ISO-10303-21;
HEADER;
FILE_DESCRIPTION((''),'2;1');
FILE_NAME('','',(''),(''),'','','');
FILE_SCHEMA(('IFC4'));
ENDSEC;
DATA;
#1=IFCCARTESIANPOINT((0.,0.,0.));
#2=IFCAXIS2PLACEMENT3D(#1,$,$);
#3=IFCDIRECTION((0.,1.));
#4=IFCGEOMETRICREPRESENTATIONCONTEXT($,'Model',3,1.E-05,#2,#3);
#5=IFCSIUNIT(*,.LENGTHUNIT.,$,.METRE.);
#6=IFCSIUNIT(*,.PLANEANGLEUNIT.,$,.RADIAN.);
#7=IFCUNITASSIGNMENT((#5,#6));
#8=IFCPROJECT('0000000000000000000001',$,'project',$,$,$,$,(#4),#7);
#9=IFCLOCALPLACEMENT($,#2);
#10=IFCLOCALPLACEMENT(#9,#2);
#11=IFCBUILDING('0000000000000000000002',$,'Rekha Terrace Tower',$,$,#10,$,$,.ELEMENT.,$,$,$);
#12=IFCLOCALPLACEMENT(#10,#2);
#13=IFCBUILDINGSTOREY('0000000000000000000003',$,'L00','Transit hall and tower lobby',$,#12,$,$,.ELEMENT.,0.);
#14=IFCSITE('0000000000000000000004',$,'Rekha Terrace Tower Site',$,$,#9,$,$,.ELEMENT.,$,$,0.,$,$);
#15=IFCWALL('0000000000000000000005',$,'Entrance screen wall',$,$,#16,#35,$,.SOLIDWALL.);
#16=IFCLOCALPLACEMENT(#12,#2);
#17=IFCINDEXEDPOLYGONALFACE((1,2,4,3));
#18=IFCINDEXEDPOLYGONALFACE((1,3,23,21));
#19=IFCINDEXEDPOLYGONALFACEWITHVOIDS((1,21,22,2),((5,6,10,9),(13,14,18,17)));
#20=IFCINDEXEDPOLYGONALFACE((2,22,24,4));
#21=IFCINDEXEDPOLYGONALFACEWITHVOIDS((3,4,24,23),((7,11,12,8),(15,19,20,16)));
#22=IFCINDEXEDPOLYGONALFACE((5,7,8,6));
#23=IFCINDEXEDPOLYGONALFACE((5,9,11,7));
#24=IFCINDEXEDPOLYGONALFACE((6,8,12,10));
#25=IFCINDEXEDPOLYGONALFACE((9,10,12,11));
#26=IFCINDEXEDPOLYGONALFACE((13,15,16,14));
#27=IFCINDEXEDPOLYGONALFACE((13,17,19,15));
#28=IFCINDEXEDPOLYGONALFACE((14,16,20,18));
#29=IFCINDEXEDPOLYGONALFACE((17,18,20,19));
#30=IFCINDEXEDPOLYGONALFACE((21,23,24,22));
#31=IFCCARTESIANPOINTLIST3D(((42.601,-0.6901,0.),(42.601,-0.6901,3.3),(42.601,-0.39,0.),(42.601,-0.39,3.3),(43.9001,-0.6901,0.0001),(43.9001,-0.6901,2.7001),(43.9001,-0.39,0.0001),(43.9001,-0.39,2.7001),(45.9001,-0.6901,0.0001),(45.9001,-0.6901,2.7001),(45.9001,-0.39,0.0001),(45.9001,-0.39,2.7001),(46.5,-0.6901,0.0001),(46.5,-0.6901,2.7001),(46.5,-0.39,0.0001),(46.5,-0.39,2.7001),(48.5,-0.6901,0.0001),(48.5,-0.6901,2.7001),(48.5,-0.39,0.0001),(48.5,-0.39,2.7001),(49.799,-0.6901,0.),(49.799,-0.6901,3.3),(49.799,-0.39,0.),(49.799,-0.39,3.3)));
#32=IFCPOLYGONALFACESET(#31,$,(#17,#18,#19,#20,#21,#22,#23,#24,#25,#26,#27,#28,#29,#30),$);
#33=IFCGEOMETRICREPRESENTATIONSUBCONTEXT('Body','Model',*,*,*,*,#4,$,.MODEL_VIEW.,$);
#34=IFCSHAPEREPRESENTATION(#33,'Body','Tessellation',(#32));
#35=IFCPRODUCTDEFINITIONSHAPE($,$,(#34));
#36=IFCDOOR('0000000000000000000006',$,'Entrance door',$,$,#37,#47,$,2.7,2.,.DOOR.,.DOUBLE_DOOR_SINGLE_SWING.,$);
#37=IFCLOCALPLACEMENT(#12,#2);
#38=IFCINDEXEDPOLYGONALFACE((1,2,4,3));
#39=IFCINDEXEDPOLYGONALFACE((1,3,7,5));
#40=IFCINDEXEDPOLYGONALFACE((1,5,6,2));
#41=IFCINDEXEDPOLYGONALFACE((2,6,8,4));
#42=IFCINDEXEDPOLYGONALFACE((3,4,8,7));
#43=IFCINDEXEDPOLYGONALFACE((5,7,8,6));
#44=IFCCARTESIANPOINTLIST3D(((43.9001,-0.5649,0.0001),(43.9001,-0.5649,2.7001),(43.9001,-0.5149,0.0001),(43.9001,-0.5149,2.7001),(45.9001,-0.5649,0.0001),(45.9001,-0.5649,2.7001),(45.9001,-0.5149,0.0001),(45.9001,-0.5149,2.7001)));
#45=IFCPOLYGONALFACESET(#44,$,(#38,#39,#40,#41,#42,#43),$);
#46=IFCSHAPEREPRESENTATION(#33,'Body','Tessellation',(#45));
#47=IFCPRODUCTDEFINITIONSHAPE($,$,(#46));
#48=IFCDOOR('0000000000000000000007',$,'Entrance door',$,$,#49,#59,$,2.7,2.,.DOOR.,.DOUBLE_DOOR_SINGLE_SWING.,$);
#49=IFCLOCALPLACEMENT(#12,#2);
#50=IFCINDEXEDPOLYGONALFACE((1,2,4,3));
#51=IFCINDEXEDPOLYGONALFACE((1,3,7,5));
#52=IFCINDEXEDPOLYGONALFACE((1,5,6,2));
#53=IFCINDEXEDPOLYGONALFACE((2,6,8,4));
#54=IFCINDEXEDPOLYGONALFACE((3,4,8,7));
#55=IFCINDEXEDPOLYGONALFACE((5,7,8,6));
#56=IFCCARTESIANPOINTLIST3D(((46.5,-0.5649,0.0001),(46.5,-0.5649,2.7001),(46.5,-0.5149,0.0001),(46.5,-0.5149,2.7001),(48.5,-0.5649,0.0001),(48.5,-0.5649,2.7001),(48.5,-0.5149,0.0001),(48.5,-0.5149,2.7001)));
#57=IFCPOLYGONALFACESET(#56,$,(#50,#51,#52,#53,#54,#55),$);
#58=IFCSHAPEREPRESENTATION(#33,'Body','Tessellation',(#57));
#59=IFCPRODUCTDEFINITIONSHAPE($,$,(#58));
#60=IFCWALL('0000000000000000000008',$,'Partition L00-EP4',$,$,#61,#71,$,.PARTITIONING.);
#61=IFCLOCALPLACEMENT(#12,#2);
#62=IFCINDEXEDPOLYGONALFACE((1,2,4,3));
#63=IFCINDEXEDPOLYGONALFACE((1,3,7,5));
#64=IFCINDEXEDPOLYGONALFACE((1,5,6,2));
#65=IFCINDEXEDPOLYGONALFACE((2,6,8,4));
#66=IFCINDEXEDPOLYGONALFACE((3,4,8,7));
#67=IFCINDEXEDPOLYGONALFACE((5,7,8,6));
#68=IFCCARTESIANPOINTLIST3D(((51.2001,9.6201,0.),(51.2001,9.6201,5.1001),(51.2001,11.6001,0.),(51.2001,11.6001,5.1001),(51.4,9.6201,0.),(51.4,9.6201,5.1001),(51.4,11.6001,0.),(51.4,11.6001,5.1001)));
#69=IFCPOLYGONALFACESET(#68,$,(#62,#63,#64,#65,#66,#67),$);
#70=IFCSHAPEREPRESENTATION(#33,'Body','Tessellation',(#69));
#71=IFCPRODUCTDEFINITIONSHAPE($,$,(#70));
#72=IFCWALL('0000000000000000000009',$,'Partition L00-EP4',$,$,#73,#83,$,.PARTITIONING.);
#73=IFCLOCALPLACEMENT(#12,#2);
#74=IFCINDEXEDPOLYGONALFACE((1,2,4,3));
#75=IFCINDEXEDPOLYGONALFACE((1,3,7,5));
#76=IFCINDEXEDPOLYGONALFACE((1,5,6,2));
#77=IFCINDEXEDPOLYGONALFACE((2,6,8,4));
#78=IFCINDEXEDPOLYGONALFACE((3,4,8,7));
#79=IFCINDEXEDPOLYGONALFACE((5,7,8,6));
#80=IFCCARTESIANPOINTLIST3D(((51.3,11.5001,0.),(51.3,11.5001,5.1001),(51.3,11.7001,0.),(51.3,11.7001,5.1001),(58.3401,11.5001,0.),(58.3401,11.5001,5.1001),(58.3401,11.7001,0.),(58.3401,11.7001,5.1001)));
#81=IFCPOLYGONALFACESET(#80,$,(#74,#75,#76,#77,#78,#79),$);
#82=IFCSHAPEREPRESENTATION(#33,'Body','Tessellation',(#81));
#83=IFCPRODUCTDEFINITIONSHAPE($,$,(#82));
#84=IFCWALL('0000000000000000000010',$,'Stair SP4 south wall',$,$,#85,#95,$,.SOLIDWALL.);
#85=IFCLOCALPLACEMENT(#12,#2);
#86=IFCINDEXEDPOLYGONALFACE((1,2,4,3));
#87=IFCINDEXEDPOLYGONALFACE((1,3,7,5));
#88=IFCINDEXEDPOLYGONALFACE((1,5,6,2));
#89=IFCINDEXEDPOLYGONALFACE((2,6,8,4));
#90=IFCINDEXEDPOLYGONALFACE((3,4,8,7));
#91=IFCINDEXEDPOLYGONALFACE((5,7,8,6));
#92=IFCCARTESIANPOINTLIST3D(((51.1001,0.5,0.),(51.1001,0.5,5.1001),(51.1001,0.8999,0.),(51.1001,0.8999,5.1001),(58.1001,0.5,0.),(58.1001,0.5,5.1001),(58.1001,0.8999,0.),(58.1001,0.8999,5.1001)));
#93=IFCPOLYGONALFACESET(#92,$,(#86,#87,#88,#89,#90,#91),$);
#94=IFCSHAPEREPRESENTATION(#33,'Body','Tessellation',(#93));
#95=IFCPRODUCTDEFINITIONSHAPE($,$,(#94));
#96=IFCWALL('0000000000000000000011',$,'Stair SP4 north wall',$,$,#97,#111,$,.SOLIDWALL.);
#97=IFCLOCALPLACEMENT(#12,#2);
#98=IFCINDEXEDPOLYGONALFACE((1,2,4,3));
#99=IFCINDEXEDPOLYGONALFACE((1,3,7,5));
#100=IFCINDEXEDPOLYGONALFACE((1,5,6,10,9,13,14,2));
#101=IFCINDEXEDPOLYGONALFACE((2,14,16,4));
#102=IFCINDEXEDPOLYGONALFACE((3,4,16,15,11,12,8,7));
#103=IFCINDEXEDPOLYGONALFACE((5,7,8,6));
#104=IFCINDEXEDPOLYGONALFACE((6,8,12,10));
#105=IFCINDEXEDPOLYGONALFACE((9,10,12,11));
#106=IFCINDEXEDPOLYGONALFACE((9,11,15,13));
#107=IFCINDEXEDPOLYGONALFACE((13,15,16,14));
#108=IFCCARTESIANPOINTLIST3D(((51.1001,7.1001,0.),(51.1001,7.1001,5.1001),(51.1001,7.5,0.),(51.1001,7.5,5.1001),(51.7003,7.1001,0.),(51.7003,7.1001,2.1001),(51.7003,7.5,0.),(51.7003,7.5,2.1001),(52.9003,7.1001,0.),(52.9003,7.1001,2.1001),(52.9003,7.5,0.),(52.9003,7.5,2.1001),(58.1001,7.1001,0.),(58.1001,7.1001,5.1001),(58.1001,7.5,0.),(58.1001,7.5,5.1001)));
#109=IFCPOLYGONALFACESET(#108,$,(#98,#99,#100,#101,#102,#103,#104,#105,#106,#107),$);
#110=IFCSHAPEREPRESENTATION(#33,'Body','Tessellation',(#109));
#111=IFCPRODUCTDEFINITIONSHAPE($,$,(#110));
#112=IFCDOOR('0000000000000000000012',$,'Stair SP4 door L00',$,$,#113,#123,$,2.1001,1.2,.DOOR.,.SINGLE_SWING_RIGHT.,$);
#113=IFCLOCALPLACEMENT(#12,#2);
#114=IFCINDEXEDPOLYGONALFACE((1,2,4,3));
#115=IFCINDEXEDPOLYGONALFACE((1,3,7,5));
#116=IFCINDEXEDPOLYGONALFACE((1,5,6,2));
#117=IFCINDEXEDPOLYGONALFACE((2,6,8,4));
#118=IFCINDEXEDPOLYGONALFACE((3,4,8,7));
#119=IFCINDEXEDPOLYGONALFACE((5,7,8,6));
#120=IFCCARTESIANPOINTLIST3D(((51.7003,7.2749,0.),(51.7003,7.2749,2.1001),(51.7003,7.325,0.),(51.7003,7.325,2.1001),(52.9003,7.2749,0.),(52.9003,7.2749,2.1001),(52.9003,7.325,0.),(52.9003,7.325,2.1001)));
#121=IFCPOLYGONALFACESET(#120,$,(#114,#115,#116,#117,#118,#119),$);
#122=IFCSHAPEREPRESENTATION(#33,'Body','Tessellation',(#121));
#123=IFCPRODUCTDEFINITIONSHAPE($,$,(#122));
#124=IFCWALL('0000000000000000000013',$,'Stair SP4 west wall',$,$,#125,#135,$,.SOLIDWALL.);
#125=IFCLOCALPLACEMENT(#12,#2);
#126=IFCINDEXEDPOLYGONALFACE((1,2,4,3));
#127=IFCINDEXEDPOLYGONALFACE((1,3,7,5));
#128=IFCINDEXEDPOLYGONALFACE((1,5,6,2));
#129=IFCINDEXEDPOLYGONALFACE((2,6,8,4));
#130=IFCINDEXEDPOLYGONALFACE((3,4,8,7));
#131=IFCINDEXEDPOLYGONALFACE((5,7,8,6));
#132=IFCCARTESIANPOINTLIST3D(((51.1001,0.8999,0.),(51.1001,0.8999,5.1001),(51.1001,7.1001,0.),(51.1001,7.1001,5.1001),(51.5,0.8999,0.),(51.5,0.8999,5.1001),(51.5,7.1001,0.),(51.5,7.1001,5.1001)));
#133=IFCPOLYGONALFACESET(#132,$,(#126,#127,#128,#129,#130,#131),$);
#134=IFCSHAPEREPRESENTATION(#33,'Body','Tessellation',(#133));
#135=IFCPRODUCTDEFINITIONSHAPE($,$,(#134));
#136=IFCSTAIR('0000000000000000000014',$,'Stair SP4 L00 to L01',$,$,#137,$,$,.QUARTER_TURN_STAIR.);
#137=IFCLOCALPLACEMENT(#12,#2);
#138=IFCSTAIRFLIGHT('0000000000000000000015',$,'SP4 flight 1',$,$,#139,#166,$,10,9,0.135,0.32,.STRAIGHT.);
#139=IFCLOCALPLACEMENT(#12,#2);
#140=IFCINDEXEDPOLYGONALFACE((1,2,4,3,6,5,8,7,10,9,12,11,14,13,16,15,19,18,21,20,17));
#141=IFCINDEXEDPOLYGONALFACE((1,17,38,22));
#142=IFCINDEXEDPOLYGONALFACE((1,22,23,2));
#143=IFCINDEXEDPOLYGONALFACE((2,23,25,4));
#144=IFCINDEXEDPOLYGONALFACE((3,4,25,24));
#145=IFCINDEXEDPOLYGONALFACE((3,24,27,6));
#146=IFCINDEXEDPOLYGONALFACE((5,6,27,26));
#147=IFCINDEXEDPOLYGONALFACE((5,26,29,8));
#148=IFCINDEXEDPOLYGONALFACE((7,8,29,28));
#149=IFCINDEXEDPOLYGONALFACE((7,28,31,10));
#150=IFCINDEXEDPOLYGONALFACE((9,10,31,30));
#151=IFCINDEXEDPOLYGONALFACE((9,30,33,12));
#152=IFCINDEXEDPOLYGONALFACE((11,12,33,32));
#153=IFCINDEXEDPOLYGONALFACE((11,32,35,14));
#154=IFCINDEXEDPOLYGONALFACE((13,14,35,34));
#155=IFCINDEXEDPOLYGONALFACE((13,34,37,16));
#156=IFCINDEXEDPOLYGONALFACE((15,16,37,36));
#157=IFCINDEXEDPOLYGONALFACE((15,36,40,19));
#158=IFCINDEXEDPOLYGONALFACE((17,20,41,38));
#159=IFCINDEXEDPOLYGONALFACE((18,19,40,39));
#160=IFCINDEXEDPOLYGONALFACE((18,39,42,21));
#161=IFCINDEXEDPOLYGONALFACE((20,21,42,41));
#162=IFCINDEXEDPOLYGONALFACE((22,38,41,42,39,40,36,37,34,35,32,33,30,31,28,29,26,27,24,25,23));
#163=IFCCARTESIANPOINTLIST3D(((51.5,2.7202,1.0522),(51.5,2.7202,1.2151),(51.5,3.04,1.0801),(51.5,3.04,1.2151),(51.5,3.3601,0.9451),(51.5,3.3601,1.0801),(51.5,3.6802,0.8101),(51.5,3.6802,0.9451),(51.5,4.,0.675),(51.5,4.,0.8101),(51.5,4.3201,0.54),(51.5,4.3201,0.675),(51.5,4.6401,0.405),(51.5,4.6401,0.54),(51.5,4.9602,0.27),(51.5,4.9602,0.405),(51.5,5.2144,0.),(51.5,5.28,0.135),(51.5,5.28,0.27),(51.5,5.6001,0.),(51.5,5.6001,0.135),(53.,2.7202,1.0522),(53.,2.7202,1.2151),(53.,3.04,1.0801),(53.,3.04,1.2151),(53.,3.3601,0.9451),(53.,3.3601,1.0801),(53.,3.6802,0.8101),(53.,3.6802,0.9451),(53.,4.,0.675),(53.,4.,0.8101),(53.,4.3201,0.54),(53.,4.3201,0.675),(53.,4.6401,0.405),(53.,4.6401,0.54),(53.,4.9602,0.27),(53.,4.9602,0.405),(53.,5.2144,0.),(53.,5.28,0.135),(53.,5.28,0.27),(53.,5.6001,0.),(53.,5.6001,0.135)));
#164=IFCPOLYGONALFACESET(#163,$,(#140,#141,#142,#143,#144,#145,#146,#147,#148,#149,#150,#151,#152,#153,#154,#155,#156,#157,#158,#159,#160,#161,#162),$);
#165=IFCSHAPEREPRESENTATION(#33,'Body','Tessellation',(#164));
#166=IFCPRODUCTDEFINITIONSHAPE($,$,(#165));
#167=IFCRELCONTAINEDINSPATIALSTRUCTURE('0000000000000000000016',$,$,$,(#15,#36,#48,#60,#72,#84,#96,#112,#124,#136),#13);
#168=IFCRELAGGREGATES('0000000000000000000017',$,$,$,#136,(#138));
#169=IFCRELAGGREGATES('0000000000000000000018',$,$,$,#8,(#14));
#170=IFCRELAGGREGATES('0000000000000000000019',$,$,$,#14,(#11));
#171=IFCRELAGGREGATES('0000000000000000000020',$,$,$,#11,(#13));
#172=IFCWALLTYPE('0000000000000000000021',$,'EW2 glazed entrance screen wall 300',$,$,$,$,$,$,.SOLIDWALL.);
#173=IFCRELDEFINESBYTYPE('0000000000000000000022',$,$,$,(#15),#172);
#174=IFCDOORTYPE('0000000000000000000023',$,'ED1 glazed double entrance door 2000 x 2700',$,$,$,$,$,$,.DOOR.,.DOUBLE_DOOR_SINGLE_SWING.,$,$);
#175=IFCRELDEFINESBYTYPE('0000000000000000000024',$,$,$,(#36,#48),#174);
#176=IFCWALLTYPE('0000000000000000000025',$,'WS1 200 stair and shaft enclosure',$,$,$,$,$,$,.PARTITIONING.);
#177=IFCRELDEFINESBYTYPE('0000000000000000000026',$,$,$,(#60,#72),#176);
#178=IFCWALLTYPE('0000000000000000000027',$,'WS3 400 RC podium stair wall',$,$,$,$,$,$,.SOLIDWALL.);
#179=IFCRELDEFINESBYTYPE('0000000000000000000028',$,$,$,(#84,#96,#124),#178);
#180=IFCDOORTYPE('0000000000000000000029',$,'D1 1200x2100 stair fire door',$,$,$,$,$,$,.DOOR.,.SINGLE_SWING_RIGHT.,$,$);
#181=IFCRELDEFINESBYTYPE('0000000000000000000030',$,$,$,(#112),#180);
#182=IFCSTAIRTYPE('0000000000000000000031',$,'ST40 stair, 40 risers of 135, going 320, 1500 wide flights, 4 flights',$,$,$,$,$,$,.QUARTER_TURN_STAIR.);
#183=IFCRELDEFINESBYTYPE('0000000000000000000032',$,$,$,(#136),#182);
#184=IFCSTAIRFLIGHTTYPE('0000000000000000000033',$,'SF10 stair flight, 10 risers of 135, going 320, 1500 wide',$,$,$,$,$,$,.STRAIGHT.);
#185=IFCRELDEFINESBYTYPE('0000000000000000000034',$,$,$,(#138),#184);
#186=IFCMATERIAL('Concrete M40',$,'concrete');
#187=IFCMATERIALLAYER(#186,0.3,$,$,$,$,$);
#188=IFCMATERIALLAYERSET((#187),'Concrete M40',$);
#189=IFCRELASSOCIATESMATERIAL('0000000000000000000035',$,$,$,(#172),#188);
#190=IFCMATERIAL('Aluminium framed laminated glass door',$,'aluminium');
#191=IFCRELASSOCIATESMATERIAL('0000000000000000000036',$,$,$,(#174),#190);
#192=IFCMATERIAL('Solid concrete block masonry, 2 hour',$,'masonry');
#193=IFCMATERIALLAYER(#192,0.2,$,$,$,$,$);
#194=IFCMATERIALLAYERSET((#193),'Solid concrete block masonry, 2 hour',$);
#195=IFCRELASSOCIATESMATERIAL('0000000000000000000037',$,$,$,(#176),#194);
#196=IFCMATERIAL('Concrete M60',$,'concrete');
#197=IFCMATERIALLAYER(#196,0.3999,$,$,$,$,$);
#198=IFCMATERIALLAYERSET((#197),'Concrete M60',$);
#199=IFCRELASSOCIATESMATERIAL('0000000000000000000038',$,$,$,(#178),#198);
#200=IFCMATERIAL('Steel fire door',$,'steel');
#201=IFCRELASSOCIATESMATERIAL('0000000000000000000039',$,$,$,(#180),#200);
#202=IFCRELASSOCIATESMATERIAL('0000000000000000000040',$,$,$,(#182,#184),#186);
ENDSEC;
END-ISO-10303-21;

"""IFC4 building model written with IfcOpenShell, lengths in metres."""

from ifc_helpers import new_model, si_unit, direction, frame, frame_2d, origin, place, context, subcontext, project, spatial, polyline, rectangle, outline, extrude, material, layer, layer_set, type_object, element, fill, aggregate, save


model = new_model("IFC4")

# Units and contexts
model_context = context("Model", 3, precision=1e-05, world=origin(), true_north=direction((0.0, 1.0)))
body_context = subcontext(model_context, "Body", "Model", "MODEL_VIEW")
ifc_project = project(units=[si_unit("LENGTHUNIT", "METRE"), si_unit("PLANEANGLEUNIT", "RADIAN")], contexts=[model_context])

# Site, building, storey
site_placement = place(None, origin())
site = spatial("IfcSite", under=ifc_project, at=site_placement, Name="Rekha Terrace Tower Site", CompositionType="ELEMENT", RefElevation=0.0)
building_placement = place(site_placement, origin())
building = spatial("IfcBuilding", under=site, at=building_placement, Name="Rekha Terrace Tower", CompositionType="ELEMENT")
storey_placement = place(building_placement, origin())
storey = spatial("IfcBuildingStorey", under=building, at=storey_placement, Name="L00", Description="Transit hall and tower lobby", CompositionType="ELEMENT", Elevation=0.0)

# Shared definitions
ifc_material_1 = material(Name="Concrete M60", Category="concrete")

# Wall, openings, doors
ifc_material_2 = material(Name="Concrete M40", Category="concrete")
ifc_layer_1 = layer(ifc_material_2, 0.3)
ifc_layer_set_1 = layer_set([ifc_layer_1], Name="Concrete M40")
wall_type_1 = type_object("IfcWallType", Name="EW2 glazed entrance screen wall 300", PredefinedType="SOLIDWALL", material=ifc_layer_set_1)
wall_1_placement = place(storey_placement, frame((49.7991, -0.54, 0.0), z_axis=(0.0, 0.0, 1.0), x_axis=(-1.0, 0.0, 0.0)))
wall_1 = element("IfcWall", 1, at=wall_1_placement, inside=storey, type_object=wall_type_1, Name="Entrance screen wall", PredefinedType="SOLIDWALL", context=body_context, shape_type="SweptSolid", body=[
    extrude(rectangle(XDim=7.198, YDim=0.3, at=frame_2d((3.5991, 0.0))), origin(), (0.0, 0.0, 1.0), 3.3),
])
opening_1_placement = place(wall_1_placement, frame((3.8989, 0.0, 0.0)))
opening_1 = element("IfcOpeningElement", 2, at=opening_1_placement, cuts=wall_1, PredefinedType="OPENING", context=body_context, shape_type="SweptSolid", body=[
    extrude(rectangle(XDim=2.0, YDim=2.7, at=frame_2d((1.0, 1.3501))), frame((0.0, 0.1599, 0.0), z_axis=(0.0, -1.0, 0.0), x_axis=(1.0, 0.0, 0.0)), (0.0, 0.0, 1.0), 0.3201),
])
opening_2_placement = place(wall_1_placement, frame((1.2991, 0.0, 0.0)))
opening_2 = element("IfcOpeningElement", 3, at=opening_2_placement, cuts=wall_1, PredefinedType="OPENING", context=body_context, shape_type="SweptSolid", body=[
    extrude(rectangle(XDim=2.0, YDim=2.7, at=frame_2d((1.0, 1.3501))), frame((0.0, 0.1599, 0.0), z_axis=(0.0, -1.0, 0.0), x_axis=(1.0, 0.0, 0.0)), (0.0, 0.0, 1.0), 0.3201),
])
ifc_material_3 = material(Name="Aluminium framed laminated glass door", Category="aluminium")
door_type_1 = type_object("IfcDoorType", Name="ED1 glazed double entrance door 2000 x 2700", OperationType="DOUBLE_DOOR_SINGLE_SWING", PredefinedType="DOOR", material=ifc_material_3)
door_1_placement = place(opening_1_placement, origin())
door_1 = element("IfcDoor", 4, at=door_1_placement, inside=storey, type_object=door_type_1, Name="Entrance door", OperationType="DOUBLE_DOOR_SINGLE_SWING", OverallHeight=2.7, OverallWidth=2.0, PredefinedType="DOOR", context=body_context, shape_type="SweptSolid", body=[
    extrude(rectangle(XDim=2.0, YDim=2.7, at=frame_2d((1.0, 1.3501))), frame((0.0, 0.0249, 0.0), z_axis=(0.0, -1.0, 0.0), x_axis=(1.0, 0.0, 0.0)), (0.0, 0.0, 1.0), 0.05),
])
fill(opening_1, door_1)
door_2_placement = place(opening_2_placement, origin())
door_2 = element("IfcDoor", 5, at=door_2_placement, inside=storey, type_object=door_type_1, Name="Entrance door", OperationType="DOUBLE_DOOR_SINGLE_SWING", OverallHeight=2.7, OverallWidth=2.0, PredefinedType="DOOR", context=body_context, shape_type="SweptSolid", body=[
    extrude(rectangle(XDim=2.0, YDim=2.7, at=frame_2d((1.0, 1.3501))), frame((0.0, 0.0249, 0.0), z_axis=(0.0, -1.0, 0.0), x_axis=(1.0, 0.0, 0.0)), (0.0, 0.0, 1.0), 0.05),
])
fill(opening_2, door_2)

# Walls
ifc_material_4 = material(Name="Solid concrete block masonry, 2 hour", Category="masonry")
ifc_layer_2 = layer(ifc_material_4, 0.2)
ifc_layer_set_2 = layer_set([ifc_layer_2], Name="Solid concrete block masonry, 2 hour")
wall_type_2 = type_object("IfcWallType", Name="WS1 200 stair and shaft enclosure", PredefinedType="PARTITIONING", material=ifc_layer_set_2)
wall_2_placement = place(storey_placement, frame((51.3, 9.6201, 0.0), z_axis=(0.0, 0.0, 1.0), x_axis=(0.0, 1.0, 0.0)))
element("IfcWall", 6, at=wall_2_placement, inside=storey, type_object=wall_type_2, Name="Partition L00-EP4", PredefinedType="PARTITIONING", context=body_context, shape_type="SweptSolid", body=[
    extrude(rectangle(XDim=1.98, YDim=0.2, at=frame_2d((0.99, 0.0))), origin(), (0.0, 0.0, 1.0), 5.1001),
])
wall_3_placement = place(storey_placement, frame((51.3, 11.6001, 0.0), z_axis=(0.0, 0.0, 1.0), x_axis=(1.0, 0.0, 0.0)))
element("IfcWall", 7, at=wall_3_placement, inside=storey, type_object=wall_type_2, Name="Partition L00-EP4", PredefinedType="PARTITIONING", context=body_context, shape_type="SweptSolid", body=[
    extrude(rectangle(XDim=7.04, YDim=0.2, at=frame_2d((3.52, 0.0))), origin(), (0.0, 0.0, 1.0), 5.1001),
])
ifc_layer_3 = layer(ifc_material_1, 0.3999)
ifc_layer_set_3 = layer_set([ifc_layer_3], Name="Concrete M60")
wall_type_3 = type_object("IfcWallType", Name="WS3 400 RC podium stair wall", PredefinedType="SOLIDWALL", material=ifc_layer_set_3)
wall_4_placement = place(storey_placement, frame((51.1001, 0.7, 0.0), z_axis=(0.0, 0.0, 1.0), x_axis=(1.0, 0.0, 0.0)))
element("IfcWall", 8, at=wall_4_placement, inside=storey, type_object=wall_type_3, Name="Stair SP4 south wall", PredefinedType="SOLIDWALL", context=body_context, shape_type="SweptSolid", body=[
    extrude(rectangle(XDim=7.0, YDim=0.3999, at=frame_2d((3.5, 0.0))), origin(), (0.0, 0.0, 1.0), 5.1001),
])

# Wall, opening, door
wall_5_placement = place(storey_placement, frame((51.1001, 7.3, 0.0), z_axis=(0.0, 0.0, 1.0), x_axis=(1.0, 0.0, 0.0)))
wall_5 = element("IfcWall", 9, at=wall_5_placement, inside=storey, type_object=wall_type_3, Name="Stair SP4 north wall", PredefinedType="SOLIDWALL", context=body_context, shape_type="SweptSolid", body=[
    extrude(rectangle(XDim=7.0, YDim=0.3999, at=frame_2d((3.5, 0.0))), origin(), (0.0, 0.0, 1.0), 5.1001),
])
opening_3_placement = place(wall_5_placement, frame((0.6001, 0.0, 0.0)))
opening_3 = element("IfcOpeningElement", 10, at=opening_3_placement, cuts=wall_5, PredefinedType="OPENING", context=body_context, shape_type="SweptSolid", body=[
    extrude(rectangle(XDim=1.2, YDim=2.1001, at=frame_2d((0.6001, 1.05))), frame((0.0, 0.21, 0.0), z_axis=(0.0, -1.0, 0.0), x_axis=(1.0, 0.0, 0.0)), (0.0, 0.0, 1.0), 0.4199),
])
ifc_material_5 = material(Name="Steel fire door", Category="steel")
door_type_2 = type_object("IfcDoorType", Name="D1 1200x2100 stair fire door", OperationType="SINGLE_SWING_RIGHT", PredefinedType="DOOR", material=ifc_material_5)
door_3_placement = place(opening_3_placement, origin())
door_3 = element("IfcDoor", 11, at=door_3_placement, inside=storey, type_object=door_type_2, Name="Stair SP4 door L00", OperationType="SINGLE_SWING_RIGHT", OverallHeight=2.1001, OverallWidth=1.2, PredefinedType="DOOR", context=body_context, shape_type="SweptSolid", body=[
    extrude(rectangle(XDim=1.2, YDim=2.1001, at=frame_2d((0.6001, 1.05))), frame((0.0, 0.0249, 0.0), z_axis=(0.0, -1.0, 0.0), x_axis=(1.0, 0.0, 0.0)), (0.0, 0.0, 1.0), 0.05),
])
fill(opening_3, door_3)

# Wall
wall_6_placement = place(storey_placement, frame((51.3, 0.8999, 0.0), z_axis=(0.0, 0.0, 1.0), x_axis=(0.0, 1.0, 0.0)))
element("IfcWall", 12, at=wall_6_placement, inside=storey, type_object=wall_type_3, Name="Stair SP4 west wall", PredefinedType="SOLIDWALL", context=body_context, shape_type="SweptSolid", body=[
    extrude(rectangle(XDim=6.2002, YDim=0.3999, at=frame_2d((3.1001, 0.0))), origin(), (0.0, 0.0, 1.0), 5.1001),
])

# Stair, stair flight
stair_type = type_object("IfcStairType", Name="ST40 stair, 40 risers of 135, going 320, 1500 wide flights, 4 flights", PredefinedType="QUARTER_TURN_STAIR", material=ifc_material_2)
stair_placement = place(storey_placement, origin())
stair = element("IfcStair", 13, at=stair_placement, inside=storey, type_object=stair_type, Name="Stair SP4 L00 to L01", PredefinedType="QUARTER_TURN_STAIR")
stair_flight_type = type_object("IfcStairFlightType", Name="SF10 stair flight, 10 risers of 135, going 320, 1500 wide", PredefinedType="STRAIGHT", material=ifc_material_2)
stair_flight_1_placement = place(storey_placement, frame((52.25, 5.6001, 0.0), z_axis=(0.0, 0.0, 1.0), x_axis=(0.0, -1.0, 0.0)))
stair_flight_1 = element("IfcStairFlight", 14, at=stair_flight_1_placement, type_object=stair_flight_type, Name="SP4 flight 1", NumberOfRisers=10, NumberOfTreads=9, PredefinedType="STRAIGHT", RiserHeight=0.135, TreadLength=0.32, context=body_context, shape_type="SweptSolid", body=[
    extrude(outline(polyline([(0.0, 0.0), (0.0, 0.135), (0.3201, 0.135), (0.3201, 0.27), (0.6399, 0.27), (0.6399, 0.405), (0.96, 0.405), (0.96, 0.54), (1.28, 0.54), (1.28, 0.675), (1.6001, 0.675), (1.6001, 0.8101), (1.9199, 0.8101), (1.9199, 0.9451), (2.24, 0.9451), (2.24, 1.0801), (2.5601, 1.0801), (2.5601, 1.2151), (2.8799, 1.2151), (2.8799, 1.3501), (2.8799, 1.0522), (0.3857, 0.0), (0.0, 0.0)])), frame((0.0, 0.75, 0.0), z_axis=(0.0, -1.0, 0.0), x_axis=(1.0, 0.0, 0.0)), (0.0, 0.0, 1.0), 1.5),
])
aggregate(stair, [stair_flight_1])

save(model, "model.ifc")
